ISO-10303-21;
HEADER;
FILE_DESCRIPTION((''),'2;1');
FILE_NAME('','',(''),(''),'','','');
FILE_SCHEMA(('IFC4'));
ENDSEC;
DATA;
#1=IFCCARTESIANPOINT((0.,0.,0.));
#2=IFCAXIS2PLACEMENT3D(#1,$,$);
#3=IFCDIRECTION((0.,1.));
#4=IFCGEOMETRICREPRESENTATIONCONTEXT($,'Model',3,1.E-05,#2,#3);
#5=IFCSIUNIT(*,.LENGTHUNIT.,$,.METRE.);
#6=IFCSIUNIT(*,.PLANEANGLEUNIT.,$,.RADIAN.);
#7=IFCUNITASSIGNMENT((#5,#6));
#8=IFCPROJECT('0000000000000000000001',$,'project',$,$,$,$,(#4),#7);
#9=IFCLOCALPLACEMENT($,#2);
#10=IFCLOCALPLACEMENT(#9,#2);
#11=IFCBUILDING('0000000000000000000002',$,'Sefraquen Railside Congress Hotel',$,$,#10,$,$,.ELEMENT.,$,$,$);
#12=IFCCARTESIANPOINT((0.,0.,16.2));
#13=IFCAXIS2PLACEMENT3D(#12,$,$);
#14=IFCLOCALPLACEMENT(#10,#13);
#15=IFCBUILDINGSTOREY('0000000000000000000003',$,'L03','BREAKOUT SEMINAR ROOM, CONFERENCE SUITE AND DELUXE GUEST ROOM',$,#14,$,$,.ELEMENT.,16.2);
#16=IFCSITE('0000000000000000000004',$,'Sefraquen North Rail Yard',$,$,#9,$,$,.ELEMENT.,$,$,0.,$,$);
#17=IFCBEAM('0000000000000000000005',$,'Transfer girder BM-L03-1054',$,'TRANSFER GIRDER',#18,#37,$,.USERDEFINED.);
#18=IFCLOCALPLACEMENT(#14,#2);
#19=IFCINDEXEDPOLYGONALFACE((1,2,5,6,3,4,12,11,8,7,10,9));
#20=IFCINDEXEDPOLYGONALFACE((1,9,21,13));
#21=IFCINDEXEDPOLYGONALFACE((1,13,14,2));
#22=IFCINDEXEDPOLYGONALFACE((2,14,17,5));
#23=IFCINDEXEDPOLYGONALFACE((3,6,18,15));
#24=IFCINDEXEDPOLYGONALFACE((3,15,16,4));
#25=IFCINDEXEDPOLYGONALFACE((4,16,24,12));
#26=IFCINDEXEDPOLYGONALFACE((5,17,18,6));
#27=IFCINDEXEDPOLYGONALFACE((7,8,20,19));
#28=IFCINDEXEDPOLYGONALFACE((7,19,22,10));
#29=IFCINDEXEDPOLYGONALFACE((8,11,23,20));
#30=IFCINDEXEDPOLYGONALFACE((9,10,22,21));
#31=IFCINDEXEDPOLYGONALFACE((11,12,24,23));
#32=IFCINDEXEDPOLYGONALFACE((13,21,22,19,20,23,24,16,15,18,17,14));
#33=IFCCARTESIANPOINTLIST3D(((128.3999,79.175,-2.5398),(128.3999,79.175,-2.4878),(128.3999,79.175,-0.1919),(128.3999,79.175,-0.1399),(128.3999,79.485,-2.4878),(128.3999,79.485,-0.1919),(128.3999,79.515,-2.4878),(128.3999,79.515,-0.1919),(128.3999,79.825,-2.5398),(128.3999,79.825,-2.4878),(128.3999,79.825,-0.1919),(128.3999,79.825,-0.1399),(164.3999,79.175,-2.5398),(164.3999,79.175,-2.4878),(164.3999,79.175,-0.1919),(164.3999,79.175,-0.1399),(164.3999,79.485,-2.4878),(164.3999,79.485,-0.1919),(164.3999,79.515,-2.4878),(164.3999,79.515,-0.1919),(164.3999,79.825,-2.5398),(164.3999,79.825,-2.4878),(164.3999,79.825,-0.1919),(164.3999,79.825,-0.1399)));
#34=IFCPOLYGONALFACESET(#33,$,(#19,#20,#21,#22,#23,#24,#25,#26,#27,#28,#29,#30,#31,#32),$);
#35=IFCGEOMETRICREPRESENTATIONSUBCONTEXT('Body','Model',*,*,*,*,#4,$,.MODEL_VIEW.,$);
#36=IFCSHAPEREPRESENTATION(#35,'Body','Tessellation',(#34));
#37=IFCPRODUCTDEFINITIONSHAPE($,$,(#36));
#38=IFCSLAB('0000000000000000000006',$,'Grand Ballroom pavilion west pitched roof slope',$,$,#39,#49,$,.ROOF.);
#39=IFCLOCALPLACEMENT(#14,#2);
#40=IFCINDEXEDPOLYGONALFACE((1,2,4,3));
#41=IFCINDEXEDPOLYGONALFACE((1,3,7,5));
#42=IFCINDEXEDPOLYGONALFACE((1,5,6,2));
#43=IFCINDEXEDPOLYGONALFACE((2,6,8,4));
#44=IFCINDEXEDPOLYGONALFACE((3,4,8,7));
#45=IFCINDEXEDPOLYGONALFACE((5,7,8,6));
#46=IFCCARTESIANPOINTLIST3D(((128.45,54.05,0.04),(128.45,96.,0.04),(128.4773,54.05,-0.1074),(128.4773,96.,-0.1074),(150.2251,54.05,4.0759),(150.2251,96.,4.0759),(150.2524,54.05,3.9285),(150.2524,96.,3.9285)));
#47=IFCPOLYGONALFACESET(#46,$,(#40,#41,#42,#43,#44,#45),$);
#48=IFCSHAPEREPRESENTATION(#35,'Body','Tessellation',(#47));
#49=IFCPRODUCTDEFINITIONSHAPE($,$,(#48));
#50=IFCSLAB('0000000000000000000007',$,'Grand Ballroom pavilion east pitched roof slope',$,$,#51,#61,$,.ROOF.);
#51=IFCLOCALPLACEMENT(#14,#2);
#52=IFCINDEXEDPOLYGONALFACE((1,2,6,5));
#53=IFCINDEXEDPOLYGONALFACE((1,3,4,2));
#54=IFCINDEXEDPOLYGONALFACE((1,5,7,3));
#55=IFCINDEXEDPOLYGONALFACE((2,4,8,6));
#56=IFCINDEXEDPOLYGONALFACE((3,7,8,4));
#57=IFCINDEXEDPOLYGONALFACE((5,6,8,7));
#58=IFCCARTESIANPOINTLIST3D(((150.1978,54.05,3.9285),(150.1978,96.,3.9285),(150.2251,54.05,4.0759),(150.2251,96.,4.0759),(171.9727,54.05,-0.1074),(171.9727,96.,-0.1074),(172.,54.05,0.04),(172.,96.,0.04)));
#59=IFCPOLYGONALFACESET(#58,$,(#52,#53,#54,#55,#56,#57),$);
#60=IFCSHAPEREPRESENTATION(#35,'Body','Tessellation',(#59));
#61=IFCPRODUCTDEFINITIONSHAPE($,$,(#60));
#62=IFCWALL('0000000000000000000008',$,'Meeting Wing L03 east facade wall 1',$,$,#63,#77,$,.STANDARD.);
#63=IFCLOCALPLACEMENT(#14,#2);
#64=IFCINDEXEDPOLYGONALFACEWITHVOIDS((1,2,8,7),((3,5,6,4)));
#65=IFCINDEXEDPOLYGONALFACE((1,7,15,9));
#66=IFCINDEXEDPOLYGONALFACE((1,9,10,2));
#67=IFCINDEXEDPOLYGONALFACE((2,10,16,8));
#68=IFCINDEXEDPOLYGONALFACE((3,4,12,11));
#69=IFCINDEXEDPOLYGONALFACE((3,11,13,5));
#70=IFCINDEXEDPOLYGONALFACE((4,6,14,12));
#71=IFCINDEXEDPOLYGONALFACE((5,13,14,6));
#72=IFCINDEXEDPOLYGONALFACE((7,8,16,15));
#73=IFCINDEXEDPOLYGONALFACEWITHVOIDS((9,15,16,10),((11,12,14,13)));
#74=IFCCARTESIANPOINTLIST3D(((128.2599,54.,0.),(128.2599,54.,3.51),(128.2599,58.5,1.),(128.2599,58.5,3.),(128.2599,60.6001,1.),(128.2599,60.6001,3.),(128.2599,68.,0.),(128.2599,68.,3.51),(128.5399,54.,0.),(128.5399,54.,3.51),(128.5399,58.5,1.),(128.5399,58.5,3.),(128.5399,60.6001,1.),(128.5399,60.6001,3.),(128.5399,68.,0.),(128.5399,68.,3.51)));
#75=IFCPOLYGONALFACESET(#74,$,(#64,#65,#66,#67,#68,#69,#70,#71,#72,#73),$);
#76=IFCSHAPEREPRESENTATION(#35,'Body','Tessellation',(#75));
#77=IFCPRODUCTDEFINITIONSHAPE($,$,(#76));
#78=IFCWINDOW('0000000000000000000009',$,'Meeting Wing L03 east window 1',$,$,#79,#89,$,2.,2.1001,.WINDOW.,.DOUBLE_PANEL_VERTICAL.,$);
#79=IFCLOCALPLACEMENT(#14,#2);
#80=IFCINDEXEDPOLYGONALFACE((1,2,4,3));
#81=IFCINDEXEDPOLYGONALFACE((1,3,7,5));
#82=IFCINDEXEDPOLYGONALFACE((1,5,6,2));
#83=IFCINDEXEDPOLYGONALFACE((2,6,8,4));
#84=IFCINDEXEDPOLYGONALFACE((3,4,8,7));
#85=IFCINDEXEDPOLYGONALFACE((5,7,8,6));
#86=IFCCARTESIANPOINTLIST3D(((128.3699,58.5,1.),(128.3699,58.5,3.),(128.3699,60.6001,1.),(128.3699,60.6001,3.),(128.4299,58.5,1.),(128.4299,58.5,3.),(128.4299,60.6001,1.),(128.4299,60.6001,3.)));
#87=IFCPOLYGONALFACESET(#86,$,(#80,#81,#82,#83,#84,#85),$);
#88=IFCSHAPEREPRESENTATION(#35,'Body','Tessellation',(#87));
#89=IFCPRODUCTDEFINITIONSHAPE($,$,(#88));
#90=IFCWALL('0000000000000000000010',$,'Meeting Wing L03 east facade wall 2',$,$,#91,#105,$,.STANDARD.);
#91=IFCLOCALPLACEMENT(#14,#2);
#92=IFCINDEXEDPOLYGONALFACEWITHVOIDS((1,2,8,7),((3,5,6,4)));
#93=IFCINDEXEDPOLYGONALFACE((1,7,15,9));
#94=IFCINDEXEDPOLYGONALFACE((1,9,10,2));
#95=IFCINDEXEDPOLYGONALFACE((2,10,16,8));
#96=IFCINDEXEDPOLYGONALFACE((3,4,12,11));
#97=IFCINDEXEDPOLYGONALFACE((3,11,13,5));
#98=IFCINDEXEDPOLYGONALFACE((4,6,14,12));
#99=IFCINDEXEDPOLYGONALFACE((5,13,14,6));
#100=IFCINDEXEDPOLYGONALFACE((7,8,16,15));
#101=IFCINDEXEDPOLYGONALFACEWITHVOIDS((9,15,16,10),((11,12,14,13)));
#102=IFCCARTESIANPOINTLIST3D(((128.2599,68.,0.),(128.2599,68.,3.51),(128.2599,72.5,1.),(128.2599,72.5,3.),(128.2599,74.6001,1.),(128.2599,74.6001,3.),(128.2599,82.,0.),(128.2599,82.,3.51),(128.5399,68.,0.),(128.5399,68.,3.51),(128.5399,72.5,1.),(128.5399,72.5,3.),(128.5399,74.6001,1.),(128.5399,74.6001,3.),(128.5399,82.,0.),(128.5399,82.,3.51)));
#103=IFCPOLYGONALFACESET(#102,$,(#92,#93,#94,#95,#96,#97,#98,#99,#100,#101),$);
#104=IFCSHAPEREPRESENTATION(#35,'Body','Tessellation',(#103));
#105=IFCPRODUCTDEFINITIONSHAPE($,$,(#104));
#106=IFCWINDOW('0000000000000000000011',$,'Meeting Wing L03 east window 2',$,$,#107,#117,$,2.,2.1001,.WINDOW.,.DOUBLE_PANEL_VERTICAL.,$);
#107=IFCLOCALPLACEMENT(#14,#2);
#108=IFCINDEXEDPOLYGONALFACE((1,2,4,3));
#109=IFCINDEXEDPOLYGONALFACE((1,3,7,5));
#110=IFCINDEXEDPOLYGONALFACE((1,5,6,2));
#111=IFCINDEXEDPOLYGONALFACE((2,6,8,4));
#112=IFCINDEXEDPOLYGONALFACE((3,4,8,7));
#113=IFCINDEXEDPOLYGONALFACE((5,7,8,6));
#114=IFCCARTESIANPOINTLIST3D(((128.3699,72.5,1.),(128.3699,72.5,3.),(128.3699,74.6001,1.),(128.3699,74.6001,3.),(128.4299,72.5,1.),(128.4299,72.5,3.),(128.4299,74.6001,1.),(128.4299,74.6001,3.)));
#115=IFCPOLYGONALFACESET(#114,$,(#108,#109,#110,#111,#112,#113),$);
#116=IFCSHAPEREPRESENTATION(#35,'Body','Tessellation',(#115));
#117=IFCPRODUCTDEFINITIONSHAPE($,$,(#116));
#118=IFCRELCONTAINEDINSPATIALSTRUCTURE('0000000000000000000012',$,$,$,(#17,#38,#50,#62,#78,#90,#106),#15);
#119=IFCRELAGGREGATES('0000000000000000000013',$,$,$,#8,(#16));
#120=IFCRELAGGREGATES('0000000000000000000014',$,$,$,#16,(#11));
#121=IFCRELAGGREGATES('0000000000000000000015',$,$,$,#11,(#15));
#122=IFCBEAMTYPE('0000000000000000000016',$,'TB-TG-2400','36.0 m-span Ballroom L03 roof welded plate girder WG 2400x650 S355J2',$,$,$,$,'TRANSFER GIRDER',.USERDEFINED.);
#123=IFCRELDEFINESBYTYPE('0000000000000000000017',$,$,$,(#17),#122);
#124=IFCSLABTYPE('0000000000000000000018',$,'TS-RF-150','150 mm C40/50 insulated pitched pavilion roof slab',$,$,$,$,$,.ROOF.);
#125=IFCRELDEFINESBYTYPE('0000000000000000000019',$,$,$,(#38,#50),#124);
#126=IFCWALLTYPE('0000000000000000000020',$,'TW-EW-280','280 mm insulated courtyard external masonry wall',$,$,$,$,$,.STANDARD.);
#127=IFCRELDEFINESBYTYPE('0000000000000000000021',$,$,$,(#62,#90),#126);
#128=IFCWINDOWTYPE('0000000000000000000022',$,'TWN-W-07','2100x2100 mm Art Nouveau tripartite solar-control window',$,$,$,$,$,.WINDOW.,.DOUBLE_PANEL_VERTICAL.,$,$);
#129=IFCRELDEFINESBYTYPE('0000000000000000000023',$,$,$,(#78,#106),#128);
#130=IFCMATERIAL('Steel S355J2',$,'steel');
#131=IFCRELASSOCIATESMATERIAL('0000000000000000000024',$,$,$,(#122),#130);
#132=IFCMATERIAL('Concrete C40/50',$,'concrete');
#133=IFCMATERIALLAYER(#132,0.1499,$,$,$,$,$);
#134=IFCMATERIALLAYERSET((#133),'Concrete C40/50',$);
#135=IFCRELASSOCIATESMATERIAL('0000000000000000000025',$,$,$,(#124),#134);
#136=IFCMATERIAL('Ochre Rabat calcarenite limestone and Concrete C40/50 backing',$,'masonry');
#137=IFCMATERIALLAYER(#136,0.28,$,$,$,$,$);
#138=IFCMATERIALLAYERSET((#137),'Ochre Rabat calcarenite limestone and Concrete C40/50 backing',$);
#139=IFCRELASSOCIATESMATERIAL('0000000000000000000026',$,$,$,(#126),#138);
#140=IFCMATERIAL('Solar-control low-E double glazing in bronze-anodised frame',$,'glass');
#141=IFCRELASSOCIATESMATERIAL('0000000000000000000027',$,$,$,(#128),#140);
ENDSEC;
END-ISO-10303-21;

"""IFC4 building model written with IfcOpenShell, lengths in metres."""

from ifc_helpers import new_model, si_unit, direction, frame, frame_2d, origin, origin_2d, place, context, subcontext, project, spatial, polyline, rectangle, i_section, outline, extrude, material, layer, layer_set, material_profile, profile_set, type_object, element, fill, save


model = new_model("IFC4")

# Units and contexts
model_context = context("Model", 3, precision=1e-05, world=origin(), true_north=direction((0.0, 1.0)))
body_context = subcontext(model_context, "Body", "Model", "MODEL_VIEW")
ifc_project = project(units=[si_unit("LENGTHUNIT", "METRE"), si_unit("PLANEANGLEUNIT", "RADIAN")], contexts=[model_context])

# Site, building, storey
site_placement = place(None, origin())
site = spatial("IfcSite", under=ifc_project, at=site_placement, Name="Sefraquen North Rail Yard", CompositionType="ELEMENT", RefElevation=0.0)
building_placement = place(site_placement, origin())
building = spatial("IfcBuilding", under=site, at=building_placement, Name="Sefraquen Railside Congress Hotel", CompositionType="ELEMENT")
storey_placement = place(building_placement, frame((0.0, 0.0, 16.2)))
storey = spatial("IfcBuildingStorey", under=building, at=storey_placement, Name="L03", Description="BREAKOUT SEMINAR ROOM, CONFERENCE SUITE AND DELUXE GUEST ROOM", CompositionType="ELEMENT", Elevation=16.2)

# Beam
ifc_material_1 = material(Name="Steel S355J2", Category="steel")
ifc_material_profile_1 = material_profile(ifc_material_1, i_section(OverallWidth=0.6499, OverallDepth=2.3999, WebThickness=0.03, FlangeThickness=0.052, at=origin_2d()), Name="WG 2400x650")
ifc_profile_set_1 = profile_set([ifc_material_profile_1], Name="Steel S355J2")
beam_type_1 = type_object("IfcBeamType", Name="TB-TG-2400", Description="36.0 m-span Ballroom L03 roof welded plate girder WG 2400x650 S355J2", ElementType="TRANSFER GIRDER", PredefinedType="USERDEFINED", material=ifc_profile_set_1)
for number, where, z_axis, x_axis, name in (
    (1, (128.3999, 79.5, -1.3398), (1.0, 0.0, 0.0), (0.0, 1.0, 0.0), "Transfer girder BM-L03-1054"),
):
    element("IfcBeam", number, at=place(storey_placement, frame(where, z_axis=z_axis, x_axis=x_axis)), inside=storey, type_object=beam_type_1, Name=name, ObjectType="TRANSFER GIRDER", PredefinedType="USERDEFINED", context=body_context, shape_type="SweptSolid", body=[
        extrude(i_section(OverallWidth=0.6499, OverallDepth=2.3999, WebThickness=0.03, FlangeThickness=0.052, at=origin_2d()), origin(), (0.0, 0.0, 1.0), 36.0),
    ])

# Slabs
ifc_material_2 = material(Name="Concrete C40/50", Category="concrete")
ifc_layer_1 = layer(ifc_material_2, 0.1499)
ifc_layer_set_1 = layer_set([ifc_layer_1], Name="Concrete C40/50")
slab_type = type_object("IfcSlabType", Name="TS-RF-150", Description="150 mm C40/50 insulated pitched pavilion roof slab", PredefinedType="ROOF", material=ifc_layer_set_1)
slab_1_placement = place(storey_placement, frame((128.45, 54.05, 0.04), z_axis=(-0.18224, 0.0, 0.983254), x_axis=(0.983254, 0.0, 0.18224)))
element("IfcSlab", 2, at=slab_1_placement, inside=storey, type_object=slab_type, Name="Grand Ballroom pavilion west pitched roof slope", PredefinedType="ROOF", context=body_context, shape_type="SweptSolid", body=[
    extrude(outline(polyline([(0.0, 0.0), (22.146, 0.0), (22.146, 41.95), (0.0, 41.95), (0.0, 0.0)])), origin(), (0.0, 0.0, -1.0), 0.1499),
])
slab_2_placement = place(storey_placement, frame((150.2251, 54.05, 4.0759), z_axis=(0.182242, 0.0, 0.983254), x_axis=(0.983254, 0.0, -0.182242)))
element("IfcSlab", 3, at=slab_2_placement, inside=storey, type_object=slab_type, Name="Grand Ballroom pavilion east pitched roof slope", PredefinedType="ROOF", context=body_context, shape_type="SweptSolid", body=[
    extrude(outline(polyline([(0.0, 0.0), (22.1458, 0.0), (22.1458, 41.95), (0.0, 41.95), (0.0, 0.0)])), origin(), (0.0, 0.0, -1.0), 0.1499),
])

# Walls, openings, windows
ifc_material_3 = material(Name="Ochre Rabat calcarenite limestone and Concrete C40/50 backing", Category="masonry")
ifc_layer_2 = layer(ifc_material_3, 0.28)
ifc_layer_set_2 = layer_set([ifc_layer_2], Name="Ochre Rabat calcarenite limestone and Concrete C40/50 backing")
wall_type = type_object("IfcWallType", Name="TW-EW-280", Description="280 mm insulated courtyard external masonry wall", PredefinedType="STANDARD", material=ifc_layer_set_2)
wall_1_placement = place(storey_placement, frame((128.3999, 54.0, 0.0), z_axis=(0.0, 0.0, 1.0), x_axis=(0.0, 1.0, 0.0)))
wall_1 = element("IfcWall", 4, at=wall_1_placement, inside=storey, type_object=wall_type, Name="Meeting Wing L03 east facade wall 1", PredefinedType="STANDARD", context=body_context, shape_type="SweptSolid", body=[
    extrude(rectangle(XDim=14.0, YDim=0.28, at=frame_2d((7.0, 0.0))), origin(), (0.0, 0.0, 1.0), 3.51),
])
opening_1_placement = place(wall_1_placement, frame((4.5, 0.0, 1.0)))
opening_1 = element("IfcOpeningElement", 5, at=opening_1_placement, cuts=wall_1, PredefinedType="OPENING", context=body_context, shape_type="SweptSolid", body=[
    extrude(rectangle(XDim=2.1001, YDim=2.0, at=frame_2d((1.05, 1.0))), frame((0.0, 0.1499, 0.0), z_axis=(0.0, -1.0, 0.0), x_axis=(1.0, 0.0, 0.0)), (0.0, 0.0, 1.0), 0.3),
])
ifc_material_4 = material(Name="Solar-control low-E double glazing in bronze-anodised frame", Category="glass")
window_type = type_object("IfcWindowType", Name="TWN-W-07", Description="2100x2100 mm Art Nouveau tripartite solar-control window", PartitioningType="DOUBLE_PANEL_VERTICAL", PredefinedType="WINDOW", material=ifc_material_4)
window_1_placement = place(opening_1_placement, origin())
window_1 = element("IfcWindow", 6, at=window_1_placement, inside=storey, type_object=window_type, Name="Meeting Wing L03 east window 1", OverallHeight=2.0, OverallWidth=2.1001, PartitioningType="DOUBLE_PANEL_VERTICAL", PredefinedType="WINDOW", context=body_context, shape_type="SweptSolid", body=[
    extrude(rectangle(XDim=2.1001, YDim=2.0, at=frame_2d((1.05, 1.0))), frame((0.0, 0.03, 0.0), z_axis=(0.0, -1.0, 0.0), x_axis=(1.0, 0.0, 0.0)), (0.0, 0.0, 1.0), 0.0601),
])
fill(opening_1, window_1)
wall_2_placement = place(storey_placement, frame((128.3999, 68.0, 0.0), z_axis=(0.0, 0.0, 1.0), x_axis=(0.0, 1.0, 0.0)))
wall_2 = element("IfcWall", 7, at=wall_2_placement, inside=storey, type_object=wall_type, Name="Meeting Wing L03 east facade wall 2", PredefinedType="STANDARD", context=body_context, shape_type="SweptSolid", body=[
    extrude(rectangle(XDim=14.0, YDim=0.28, at=frame_2d((7.0, 0.0))), origin(), (0.0, 0.0, 1.0), 3.51),
])
opening_2_placement = place(wall_2_placement, frame((4.5, 0.0, 1.0)))
opening_2 = element("IfcOpeningElement", 8, at=opening_2_placement, cuts=wall_2, PredefinedType="OPENING", context=body_context, shape_type="SweptSolid", body=[
    extrude(rectangle(XDim=2.1001, YDim=2.0, at=frame_2d((1.05, 1.0))), frame((0.0, 0.1499, 0.0), z_axis=(0.0, -1.0, 0.0), x_axis=(1.0, 0.0, 0.0)), (0.0, 0.0, 1.0), 0.3),
])
window_2_placement = place(opening_2_placement, origin())
window_2 = element("IfcWindow", 9, at=window_2_placement, inside=storey, type_object=window_type, Name="Meeting Wing L03 east window 2", OverallHeight=2.0, OverallWidth=2.1001, PartitioningType="DOUBLE_PANEL_VERTICAL", PredefinedType="WINDOW", context=body_context, shape_type="SweptSolid", body=[
    extrude(rectangle(XDim=2.1001, YDim=2.0, at=frame_2d((1.05, 1.0))), frame((0.0, 0.03, 0.0), z_axis=(0.0, -1.0, 0.0), x_axis=(1.0, 0.0, 0.0)), (0.0, 0.0, 1.0), 0.0601),
])
fill(opening_2, window_2)

save(model, "model.ifc")
